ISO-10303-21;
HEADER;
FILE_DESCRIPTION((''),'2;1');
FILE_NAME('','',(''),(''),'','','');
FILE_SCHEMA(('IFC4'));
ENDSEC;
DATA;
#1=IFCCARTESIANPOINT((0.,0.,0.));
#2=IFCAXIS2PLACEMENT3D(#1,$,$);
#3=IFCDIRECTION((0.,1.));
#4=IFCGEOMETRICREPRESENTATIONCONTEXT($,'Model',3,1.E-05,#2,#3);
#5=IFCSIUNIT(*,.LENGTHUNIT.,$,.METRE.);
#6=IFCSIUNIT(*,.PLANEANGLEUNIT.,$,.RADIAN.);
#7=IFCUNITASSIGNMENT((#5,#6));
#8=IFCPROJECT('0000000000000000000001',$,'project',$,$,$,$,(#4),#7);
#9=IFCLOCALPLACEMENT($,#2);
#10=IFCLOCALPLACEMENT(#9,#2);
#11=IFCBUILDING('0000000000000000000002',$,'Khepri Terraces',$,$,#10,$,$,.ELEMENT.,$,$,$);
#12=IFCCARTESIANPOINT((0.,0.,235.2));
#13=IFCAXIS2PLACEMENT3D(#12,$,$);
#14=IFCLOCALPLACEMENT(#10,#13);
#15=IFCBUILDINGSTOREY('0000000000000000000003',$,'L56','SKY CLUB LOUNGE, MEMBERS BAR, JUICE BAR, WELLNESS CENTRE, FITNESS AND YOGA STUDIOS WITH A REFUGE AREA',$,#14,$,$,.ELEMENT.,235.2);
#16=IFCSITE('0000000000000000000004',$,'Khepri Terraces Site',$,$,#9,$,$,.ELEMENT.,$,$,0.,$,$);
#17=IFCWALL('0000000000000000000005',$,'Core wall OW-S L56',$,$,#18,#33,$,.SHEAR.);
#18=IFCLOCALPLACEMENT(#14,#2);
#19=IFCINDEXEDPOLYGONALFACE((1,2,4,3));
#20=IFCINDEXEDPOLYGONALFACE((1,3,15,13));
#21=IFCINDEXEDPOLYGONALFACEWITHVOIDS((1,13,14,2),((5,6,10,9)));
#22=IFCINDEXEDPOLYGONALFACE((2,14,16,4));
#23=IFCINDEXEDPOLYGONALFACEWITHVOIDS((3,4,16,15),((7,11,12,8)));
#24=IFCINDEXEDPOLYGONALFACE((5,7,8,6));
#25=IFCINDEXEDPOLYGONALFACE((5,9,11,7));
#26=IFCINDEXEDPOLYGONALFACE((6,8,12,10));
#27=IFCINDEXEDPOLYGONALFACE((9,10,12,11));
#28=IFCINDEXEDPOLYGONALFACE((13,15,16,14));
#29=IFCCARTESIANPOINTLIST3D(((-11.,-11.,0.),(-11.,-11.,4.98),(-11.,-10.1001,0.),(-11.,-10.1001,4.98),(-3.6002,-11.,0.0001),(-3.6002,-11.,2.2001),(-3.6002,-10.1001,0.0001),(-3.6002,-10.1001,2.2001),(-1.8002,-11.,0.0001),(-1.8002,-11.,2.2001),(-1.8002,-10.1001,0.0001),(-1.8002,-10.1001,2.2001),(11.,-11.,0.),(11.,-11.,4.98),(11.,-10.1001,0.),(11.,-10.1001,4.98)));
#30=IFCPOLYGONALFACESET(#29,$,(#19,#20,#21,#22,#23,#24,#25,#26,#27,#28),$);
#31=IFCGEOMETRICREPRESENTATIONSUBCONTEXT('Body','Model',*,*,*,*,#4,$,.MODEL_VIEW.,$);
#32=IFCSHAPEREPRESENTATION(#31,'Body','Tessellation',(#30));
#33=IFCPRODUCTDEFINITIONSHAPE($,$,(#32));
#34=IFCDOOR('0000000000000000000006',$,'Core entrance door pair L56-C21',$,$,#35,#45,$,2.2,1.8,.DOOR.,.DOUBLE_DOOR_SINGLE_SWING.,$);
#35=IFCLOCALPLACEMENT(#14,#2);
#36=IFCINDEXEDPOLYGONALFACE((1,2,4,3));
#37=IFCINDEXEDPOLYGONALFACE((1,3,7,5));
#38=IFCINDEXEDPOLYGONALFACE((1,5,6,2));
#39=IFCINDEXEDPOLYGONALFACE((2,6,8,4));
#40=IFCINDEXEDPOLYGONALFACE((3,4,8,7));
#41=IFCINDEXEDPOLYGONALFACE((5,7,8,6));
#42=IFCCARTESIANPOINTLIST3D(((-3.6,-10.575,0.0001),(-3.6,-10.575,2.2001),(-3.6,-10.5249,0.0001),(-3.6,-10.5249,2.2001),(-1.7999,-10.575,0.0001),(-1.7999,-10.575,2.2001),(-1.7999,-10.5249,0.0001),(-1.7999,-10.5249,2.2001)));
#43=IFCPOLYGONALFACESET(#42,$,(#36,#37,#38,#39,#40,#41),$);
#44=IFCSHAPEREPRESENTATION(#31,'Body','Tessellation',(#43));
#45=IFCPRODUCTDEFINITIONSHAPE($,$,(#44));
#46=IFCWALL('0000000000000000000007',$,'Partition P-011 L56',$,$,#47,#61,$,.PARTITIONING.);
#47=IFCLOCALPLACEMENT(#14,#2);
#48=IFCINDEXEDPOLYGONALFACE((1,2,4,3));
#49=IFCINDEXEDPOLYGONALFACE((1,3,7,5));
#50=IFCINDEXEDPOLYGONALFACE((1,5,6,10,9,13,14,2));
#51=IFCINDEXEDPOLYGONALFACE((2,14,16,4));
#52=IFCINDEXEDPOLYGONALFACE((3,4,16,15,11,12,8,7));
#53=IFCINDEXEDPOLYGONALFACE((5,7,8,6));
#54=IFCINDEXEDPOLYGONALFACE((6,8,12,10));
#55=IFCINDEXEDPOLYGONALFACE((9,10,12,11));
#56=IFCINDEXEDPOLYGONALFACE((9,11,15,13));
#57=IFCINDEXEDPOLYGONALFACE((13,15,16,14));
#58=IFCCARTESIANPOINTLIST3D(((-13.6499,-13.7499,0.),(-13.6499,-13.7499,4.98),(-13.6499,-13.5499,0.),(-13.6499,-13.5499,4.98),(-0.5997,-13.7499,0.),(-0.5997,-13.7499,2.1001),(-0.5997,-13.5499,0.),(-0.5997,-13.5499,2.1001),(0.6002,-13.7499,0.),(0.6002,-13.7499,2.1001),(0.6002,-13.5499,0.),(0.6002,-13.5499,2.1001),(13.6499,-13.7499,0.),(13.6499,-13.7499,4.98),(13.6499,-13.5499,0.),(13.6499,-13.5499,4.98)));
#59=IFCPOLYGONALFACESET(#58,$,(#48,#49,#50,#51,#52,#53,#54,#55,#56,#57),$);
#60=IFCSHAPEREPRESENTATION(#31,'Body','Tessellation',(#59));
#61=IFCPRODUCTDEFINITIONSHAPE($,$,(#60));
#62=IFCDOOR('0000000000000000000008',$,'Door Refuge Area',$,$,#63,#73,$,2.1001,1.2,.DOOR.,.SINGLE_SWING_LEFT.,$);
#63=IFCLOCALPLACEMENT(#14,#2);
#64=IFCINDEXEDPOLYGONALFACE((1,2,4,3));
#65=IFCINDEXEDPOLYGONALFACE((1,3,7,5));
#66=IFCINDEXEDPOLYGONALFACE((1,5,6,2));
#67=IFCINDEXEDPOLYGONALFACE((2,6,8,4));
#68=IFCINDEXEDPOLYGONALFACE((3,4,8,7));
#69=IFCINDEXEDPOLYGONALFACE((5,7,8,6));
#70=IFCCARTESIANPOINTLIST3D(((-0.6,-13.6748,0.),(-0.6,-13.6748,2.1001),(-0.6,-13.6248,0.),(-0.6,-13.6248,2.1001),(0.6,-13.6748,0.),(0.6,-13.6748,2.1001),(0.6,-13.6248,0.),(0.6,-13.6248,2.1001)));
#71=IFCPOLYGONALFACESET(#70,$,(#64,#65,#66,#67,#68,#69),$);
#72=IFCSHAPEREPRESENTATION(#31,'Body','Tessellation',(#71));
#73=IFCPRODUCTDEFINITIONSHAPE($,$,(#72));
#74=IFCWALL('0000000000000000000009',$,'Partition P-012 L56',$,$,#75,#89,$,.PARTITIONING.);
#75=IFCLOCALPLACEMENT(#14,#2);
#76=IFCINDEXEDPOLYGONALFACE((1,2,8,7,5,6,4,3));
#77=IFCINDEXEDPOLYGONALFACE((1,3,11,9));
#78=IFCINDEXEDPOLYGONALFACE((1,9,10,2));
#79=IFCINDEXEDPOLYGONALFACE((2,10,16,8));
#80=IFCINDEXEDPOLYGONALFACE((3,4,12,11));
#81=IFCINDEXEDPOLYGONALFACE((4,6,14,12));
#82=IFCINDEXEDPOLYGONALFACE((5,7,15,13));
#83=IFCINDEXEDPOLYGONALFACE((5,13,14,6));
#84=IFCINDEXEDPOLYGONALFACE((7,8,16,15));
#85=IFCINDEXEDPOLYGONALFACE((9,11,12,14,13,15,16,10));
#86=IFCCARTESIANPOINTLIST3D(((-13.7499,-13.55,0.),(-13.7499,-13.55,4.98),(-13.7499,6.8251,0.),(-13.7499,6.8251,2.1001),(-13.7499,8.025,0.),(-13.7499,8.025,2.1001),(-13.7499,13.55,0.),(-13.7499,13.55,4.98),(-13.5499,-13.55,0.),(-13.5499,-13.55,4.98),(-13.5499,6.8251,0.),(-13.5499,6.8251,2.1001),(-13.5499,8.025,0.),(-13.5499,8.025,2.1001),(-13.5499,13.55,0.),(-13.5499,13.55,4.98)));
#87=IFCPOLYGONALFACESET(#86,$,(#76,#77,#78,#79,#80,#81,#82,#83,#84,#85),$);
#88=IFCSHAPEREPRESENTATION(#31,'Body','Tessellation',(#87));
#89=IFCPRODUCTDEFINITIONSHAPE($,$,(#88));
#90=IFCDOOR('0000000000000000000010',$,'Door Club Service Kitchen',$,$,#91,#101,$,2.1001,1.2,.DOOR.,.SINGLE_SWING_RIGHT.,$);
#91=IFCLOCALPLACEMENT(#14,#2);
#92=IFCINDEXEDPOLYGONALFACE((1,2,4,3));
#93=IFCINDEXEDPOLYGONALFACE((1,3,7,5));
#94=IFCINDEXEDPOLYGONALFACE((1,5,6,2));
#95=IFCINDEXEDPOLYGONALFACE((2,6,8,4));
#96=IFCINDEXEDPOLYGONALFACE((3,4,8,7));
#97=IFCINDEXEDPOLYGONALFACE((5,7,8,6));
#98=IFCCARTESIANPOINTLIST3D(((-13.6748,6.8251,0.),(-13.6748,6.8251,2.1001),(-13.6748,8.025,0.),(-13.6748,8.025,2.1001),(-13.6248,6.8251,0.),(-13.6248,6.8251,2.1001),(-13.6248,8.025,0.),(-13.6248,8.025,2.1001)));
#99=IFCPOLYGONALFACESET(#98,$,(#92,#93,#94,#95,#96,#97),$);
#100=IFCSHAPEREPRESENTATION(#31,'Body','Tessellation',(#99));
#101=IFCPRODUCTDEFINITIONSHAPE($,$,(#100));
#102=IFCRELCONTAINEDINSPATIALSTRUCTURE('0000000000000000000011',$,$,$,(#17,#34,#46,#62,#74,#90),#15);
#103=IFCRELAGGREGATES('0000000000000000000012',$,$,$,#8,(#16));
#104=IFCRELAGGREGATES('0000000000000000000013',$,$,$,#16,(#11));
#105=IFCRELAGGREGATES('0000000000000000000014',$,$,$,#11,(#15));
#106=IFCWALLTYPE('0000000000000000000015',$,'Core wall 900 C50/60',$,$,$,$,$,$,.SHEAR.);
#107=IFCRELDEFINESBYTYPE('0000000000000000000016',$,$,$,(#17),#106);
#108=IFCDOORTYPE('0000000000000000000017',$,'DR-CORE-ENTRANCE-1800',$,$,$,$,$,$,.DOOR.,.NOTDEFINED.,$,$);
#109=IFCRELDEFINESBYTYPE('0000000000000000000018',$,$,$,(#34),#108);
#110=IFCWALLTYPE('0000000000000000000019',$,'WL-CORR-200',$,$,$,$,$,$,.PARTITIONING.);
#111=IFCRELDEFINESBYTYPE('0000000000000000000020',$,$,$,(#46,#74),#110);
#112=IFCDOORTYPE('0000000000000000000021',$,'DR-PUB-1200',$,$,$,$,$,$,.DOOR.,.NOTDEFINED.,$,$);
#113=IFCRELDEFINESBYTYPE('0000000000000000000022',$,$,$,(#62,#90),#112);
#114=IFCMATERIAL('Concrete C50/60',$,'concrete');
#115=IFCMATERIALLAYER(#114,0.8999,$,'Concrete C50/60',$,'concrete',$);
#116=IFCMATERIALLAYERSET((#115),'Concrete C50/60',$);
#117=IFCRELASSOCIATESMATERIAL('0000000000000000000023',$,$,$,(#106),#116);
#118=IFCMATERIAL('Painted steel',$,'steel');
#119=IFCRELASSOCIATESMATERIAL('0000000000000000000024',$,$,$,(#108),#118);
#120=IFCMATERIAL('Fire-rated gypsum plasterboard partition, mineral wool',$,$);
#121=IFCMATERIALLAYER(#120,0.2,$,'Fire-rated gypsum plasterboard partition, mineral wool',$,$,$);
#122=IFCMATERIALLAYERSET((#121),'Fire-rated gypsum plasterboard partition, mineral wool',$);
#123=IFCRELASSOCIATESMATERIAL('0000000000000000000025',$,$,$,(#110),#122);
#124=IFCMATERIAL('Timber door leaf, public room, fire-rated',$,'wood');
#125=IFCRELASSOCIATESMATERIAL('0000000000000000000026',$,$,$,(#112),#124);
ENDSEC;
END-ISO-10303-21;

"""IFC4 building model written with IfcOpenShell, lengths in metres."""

from ifc_helpers import new_model, si_unit, direction, frame, frame_2d, origin, place, context, subcontext, project, spatial, rectangle, extrude, material, layer, layer_set, type_object, element, fill, save


model = new_model("IFC4")

# Units and contexts
model_context = context("Model", 3, precision=1e-05, world=origin(), true_north=direction((0.0, 1.0)))
body_context = subcontext(model_context, "Body", "Model", "MODEL_VIEW")
ifc_project = project(units=[si_unit("LENGTHUNIT", "METRE"), si_unit("PLANEANGLEUNIT", "RADIAN")], contexts=[model_context])

# Site, building, storey
site_placement = place(None, origin())
site = spatial("IfcSite", under=ifc_project, at=site_placement, Name="Khepri Terraces Site", CompositionType="ELEMENT", RefElevation=0.0)
building_placement = place(site_placement, origin())
building = spatial("IfcBuilding", under=site, at=building_placement, Name="Khepri Terraces", CompositionType="ELEMENT")
storey_placement = place(building_placement, frame((0.0, 0.0, 235.2)))
storey = spatial("IfcBuildingStorey", under=building, at=storey_placement, Name="L56", Description="SKY CLUB LOUNGE, MEMBERS BAR, JUICE BAR, WELLNESS CENTRE, FITNESS AND YOGA STUDIOS WITH A REFUGE AREA", CompositionType="ELEMENT", Elevation=235.2)

# Walls, openings, doors
ifc_material_1 = material(Name="Concrete C50/60", Category="concrete")
ifc_layer_1 = layer(ifc_material_1, 0.8999, Name="Concrete C50/60", Category="concrete")
ifc_layer_set_1 = layer_set([ifc_layer_1], Name="Concrete C50/60")
wall_type_1 = type_object("IfcWallType", Name="Core wall 900 C50/60", PredefinedType="SHEAR", material=ifc_layer_set_1)
wall_1_placement = place(storey_placement, frame((-11.0, -10.55, 0.0), z_axis=(0.0, 0.0, 1.0), x_axis=(1.0, 0.0, 0.0)))
wall_1 = element("IfcWall", 1, at=wall_1_placement, inside=storey, type_object=wall_type_1, Name="Core wall OW-S L56", PredefinedType="SHEAR", context=body_context, shape_type="SweptSolid", body=[
    extrude(rectangle(XDim=22.0, YDim=0.8999, at=frame_2d((11.0, 0.0))), origin(), (0.0, 0.0, 1.0), 4.98),
])
opening_1_placement = place(wall_1_placement, frame((7.3999, 0.0, 0.0)))
opening_1 = element("IfcOpeningElement", 2, at=opening_1_placement, cuts=wall_1, PredefinedType="OPENING", context=body_context, shape_type="SweptSolid", body=[
    extrude(rectangle(XDim=1.8, YDim=2.2, at=frame_2d((0.8999, 1.1001))), frame((0.0, 0.46, 0.0), z_axis=(0.0, -1.0, 0.0), x_axis=(1.0, 0.0, 0.0)), (0.0, 0.0, 1.0), 0.9199),
])
ifc_material_2 = material(Name="Painted steel", Category="steel")
door_type_1 = type_object("IfcDoorType", Name="DR-CORE-ENTRANCE-1800", OperationType="NOTDEFINED", PredefinedType="DOOR", material=ifc_material_2)
door_1_placement = place(opening_1_placement, frame((1.8, 0.0, 0.0), z_axis=(0.0, 0.0, 1.0), x_axis=(-1.0, 0.0, 0.0)))
door_1 = element("IfcDoor", 3, at=door_1_placement, inside=storey, type_object=door_type_1, Name="Core entrance door pair L56-C21", OperationType="DOUBLE_DOOR_SINGLE_SWING", OverallHeight=2.2, OverallWidth=1.8, PredefinedType="DOOR", context=body_context, shape_type="SweptSolid", body=[
    extrude(rectangle(XDim=1.8, YDim=2.2, at=frame_2d((0.8999, 1.1001))), frame((0.0, 0.0249, 0.0), z_axis=(0.0, -1.0, 0.0), x_axis=(1.0, 0.0, 0.0)), (0.0, 0.0, 1.0), 0.05),
])
fill(opening_1, door_1)
ifc_material_3 = material(Name="Fire-rated gypsum plasterboard partition, mineral wool")
ifc_layer_2 = layer(ifc_material_3, 0.2, Name="Fire-rated gypsum plasterboard partition, mineral wool")
ifc_layer_set_2 = layer_set([ifc_layer_2], Name="Fire-rated gypsum plasterboard partition, mineral wool")
wall_type_2 = type_object("IfcWallType", Name="WL-CORR-200", PredefinedType="PARTITIONING", material=ifc_layer_set_2)
wall_2_placement = place(storey_placement, frame((-13.6499, -13.6499, 0.0), z_axis=(0.0, 0.0, 1.0), x_axis=(1.0, 0.0, 0.0)))
wall_2 = element("IfcWall", 4, at=wall_2_placement, inside=storey, type_object=wall_type_2, Name="Partition P-011 L56", PredefinedType="PARTITIONING", context=body_context, shape_type="SweptSolid", body=[
    extrude(rectangle(XDim=27.2998, YDim=0.2, at=frame_2d((13.6499, 0.0))), origin(), (0.0, 0.0, 1.0), 4.98),
])
opening_2_placement = place(wall_2_placement, frame((13.05, 0.0, 0.0)))
opening_2 = element("IfcOpeningElement", 5, at=opening_2_placement, cuts=wall_2, PredefinedType="OPENING", context=body_context, shape_type="SweptSolid", body=[
    extrude(rectangle(XDim=1.2, YDim=2.1001, at=frame_2d((0.6001, 1.05))), frame((0.0, 0.1099, 0.0), z_axis=(0.0, -1.0, 0.0), x_axis=(1.0, 0.0, 0.0)), (0.0, 0.0, 1.0), 0.22),
])
ifc_material_4 = material(Name="Timber door leaf, public room, fire-rated", Category="wood")
door_type_2 = type_object("IfcDoorType", Name="DR-PUB-1200", OperationType="NOTDEFINED", PredefinedType="DOOR", material=ifc_material_4)
door_2_placement = place(opening_2_placement, frame((1.2, 0.0, 0.0), z_axis=(0.0, 0.0, 1.0), x_axis=(-1.0, 0.0, 0.0)))
door_2 = element("IfcDoor", 6, at=door_2_placement, inside=storey, type_object=door_type_2, Name="Door Refuge Area", OperationType="SINGLE_SWING_LEFT", OverallHeight=2.1001, OverallWidth=1.2, PredefinedType="DOOR", context=body_context, shape_type="SweptSolid", body=[
    extrude(rectangle(XDim=1.2, YDim=2.1001, at=frame_2d((0.6001, 1.05))), frame((0.0, 0.0249, 0.0), z_axis=(0.0, -1.0, 0.0), x_axis=(1.0, 0.0, 0.0)), (0.0, 0.0, 1.0), 0.05),
])
fill(opening_2, door_2)
wall_3_placement = place(storey_placement, frame((-13.6499, -13.55, 0.0), z_axis=(0.0, 0.0, 1.0), x_axis=(0.0, 1.0, 0.0)))
wall_3 = element("IfcWall", 7, at=wall_3_placement, inside=storey, type_object=wall_type_2, Name="Partition P-012 L56", PredefinedType="PARTITIONING", context=body_context, shape_type="SweptSolid", body=[
    extrude(rectangle(XDim=27.1001, YDim=0.2, at=frame_2d((13.55, 0.0))), origin(), (0.0, 0.0, 1.0), 4.98),
])
opening_3_placement = place(wall_3_placement, frame((20.375, 0.0, 0.0)))
opening_3 = element("IfcOpeningElement", 8, at=opening_3_placement, cuts=wall_3, PredefinedType="OPENING", context=body_context, shape_type="SweptSolid", body=[
    extrude(rectangle(XDim=1.2, YDim=2.1001, at=frame_2d((0.6001, 1.05))), frame((0.0, 0.1099, 0.0), z_axis=(0.0, -1.0, 0.0), x_axis=(1.0, 0.0, 0.0)), (0.0, 0.0, 1.0), 0.22),
])
door_3_placement = place(opening_3_placement, origin())
door_3 = element("IfcDoor", 9, at=door_3_placement, inside=storey, type_object=door_type_2, Name="Door Club Service Kitchen", OperationType="SINGLE_SWING_RIGHT", OverallHeight=2.1001, OverallWidth=1.2, PredefinedType="DOOR", context=body_context, shape_type="SweptSolid", body=[
    extrude(rectangle(XDim=1.2, YDim=2.1001, at=frame_2d((0.6001, 1.05))), frame((0.0, 0.0249, 0.0), z_axis=(0.0, -1.0, 0.0), x_axis=(1.0, 0.0, 0.0)), (0.0, 0.0, 1.0), 0.05),
])
fill(opening_3, door_3)

save(model, "model.ifc")
